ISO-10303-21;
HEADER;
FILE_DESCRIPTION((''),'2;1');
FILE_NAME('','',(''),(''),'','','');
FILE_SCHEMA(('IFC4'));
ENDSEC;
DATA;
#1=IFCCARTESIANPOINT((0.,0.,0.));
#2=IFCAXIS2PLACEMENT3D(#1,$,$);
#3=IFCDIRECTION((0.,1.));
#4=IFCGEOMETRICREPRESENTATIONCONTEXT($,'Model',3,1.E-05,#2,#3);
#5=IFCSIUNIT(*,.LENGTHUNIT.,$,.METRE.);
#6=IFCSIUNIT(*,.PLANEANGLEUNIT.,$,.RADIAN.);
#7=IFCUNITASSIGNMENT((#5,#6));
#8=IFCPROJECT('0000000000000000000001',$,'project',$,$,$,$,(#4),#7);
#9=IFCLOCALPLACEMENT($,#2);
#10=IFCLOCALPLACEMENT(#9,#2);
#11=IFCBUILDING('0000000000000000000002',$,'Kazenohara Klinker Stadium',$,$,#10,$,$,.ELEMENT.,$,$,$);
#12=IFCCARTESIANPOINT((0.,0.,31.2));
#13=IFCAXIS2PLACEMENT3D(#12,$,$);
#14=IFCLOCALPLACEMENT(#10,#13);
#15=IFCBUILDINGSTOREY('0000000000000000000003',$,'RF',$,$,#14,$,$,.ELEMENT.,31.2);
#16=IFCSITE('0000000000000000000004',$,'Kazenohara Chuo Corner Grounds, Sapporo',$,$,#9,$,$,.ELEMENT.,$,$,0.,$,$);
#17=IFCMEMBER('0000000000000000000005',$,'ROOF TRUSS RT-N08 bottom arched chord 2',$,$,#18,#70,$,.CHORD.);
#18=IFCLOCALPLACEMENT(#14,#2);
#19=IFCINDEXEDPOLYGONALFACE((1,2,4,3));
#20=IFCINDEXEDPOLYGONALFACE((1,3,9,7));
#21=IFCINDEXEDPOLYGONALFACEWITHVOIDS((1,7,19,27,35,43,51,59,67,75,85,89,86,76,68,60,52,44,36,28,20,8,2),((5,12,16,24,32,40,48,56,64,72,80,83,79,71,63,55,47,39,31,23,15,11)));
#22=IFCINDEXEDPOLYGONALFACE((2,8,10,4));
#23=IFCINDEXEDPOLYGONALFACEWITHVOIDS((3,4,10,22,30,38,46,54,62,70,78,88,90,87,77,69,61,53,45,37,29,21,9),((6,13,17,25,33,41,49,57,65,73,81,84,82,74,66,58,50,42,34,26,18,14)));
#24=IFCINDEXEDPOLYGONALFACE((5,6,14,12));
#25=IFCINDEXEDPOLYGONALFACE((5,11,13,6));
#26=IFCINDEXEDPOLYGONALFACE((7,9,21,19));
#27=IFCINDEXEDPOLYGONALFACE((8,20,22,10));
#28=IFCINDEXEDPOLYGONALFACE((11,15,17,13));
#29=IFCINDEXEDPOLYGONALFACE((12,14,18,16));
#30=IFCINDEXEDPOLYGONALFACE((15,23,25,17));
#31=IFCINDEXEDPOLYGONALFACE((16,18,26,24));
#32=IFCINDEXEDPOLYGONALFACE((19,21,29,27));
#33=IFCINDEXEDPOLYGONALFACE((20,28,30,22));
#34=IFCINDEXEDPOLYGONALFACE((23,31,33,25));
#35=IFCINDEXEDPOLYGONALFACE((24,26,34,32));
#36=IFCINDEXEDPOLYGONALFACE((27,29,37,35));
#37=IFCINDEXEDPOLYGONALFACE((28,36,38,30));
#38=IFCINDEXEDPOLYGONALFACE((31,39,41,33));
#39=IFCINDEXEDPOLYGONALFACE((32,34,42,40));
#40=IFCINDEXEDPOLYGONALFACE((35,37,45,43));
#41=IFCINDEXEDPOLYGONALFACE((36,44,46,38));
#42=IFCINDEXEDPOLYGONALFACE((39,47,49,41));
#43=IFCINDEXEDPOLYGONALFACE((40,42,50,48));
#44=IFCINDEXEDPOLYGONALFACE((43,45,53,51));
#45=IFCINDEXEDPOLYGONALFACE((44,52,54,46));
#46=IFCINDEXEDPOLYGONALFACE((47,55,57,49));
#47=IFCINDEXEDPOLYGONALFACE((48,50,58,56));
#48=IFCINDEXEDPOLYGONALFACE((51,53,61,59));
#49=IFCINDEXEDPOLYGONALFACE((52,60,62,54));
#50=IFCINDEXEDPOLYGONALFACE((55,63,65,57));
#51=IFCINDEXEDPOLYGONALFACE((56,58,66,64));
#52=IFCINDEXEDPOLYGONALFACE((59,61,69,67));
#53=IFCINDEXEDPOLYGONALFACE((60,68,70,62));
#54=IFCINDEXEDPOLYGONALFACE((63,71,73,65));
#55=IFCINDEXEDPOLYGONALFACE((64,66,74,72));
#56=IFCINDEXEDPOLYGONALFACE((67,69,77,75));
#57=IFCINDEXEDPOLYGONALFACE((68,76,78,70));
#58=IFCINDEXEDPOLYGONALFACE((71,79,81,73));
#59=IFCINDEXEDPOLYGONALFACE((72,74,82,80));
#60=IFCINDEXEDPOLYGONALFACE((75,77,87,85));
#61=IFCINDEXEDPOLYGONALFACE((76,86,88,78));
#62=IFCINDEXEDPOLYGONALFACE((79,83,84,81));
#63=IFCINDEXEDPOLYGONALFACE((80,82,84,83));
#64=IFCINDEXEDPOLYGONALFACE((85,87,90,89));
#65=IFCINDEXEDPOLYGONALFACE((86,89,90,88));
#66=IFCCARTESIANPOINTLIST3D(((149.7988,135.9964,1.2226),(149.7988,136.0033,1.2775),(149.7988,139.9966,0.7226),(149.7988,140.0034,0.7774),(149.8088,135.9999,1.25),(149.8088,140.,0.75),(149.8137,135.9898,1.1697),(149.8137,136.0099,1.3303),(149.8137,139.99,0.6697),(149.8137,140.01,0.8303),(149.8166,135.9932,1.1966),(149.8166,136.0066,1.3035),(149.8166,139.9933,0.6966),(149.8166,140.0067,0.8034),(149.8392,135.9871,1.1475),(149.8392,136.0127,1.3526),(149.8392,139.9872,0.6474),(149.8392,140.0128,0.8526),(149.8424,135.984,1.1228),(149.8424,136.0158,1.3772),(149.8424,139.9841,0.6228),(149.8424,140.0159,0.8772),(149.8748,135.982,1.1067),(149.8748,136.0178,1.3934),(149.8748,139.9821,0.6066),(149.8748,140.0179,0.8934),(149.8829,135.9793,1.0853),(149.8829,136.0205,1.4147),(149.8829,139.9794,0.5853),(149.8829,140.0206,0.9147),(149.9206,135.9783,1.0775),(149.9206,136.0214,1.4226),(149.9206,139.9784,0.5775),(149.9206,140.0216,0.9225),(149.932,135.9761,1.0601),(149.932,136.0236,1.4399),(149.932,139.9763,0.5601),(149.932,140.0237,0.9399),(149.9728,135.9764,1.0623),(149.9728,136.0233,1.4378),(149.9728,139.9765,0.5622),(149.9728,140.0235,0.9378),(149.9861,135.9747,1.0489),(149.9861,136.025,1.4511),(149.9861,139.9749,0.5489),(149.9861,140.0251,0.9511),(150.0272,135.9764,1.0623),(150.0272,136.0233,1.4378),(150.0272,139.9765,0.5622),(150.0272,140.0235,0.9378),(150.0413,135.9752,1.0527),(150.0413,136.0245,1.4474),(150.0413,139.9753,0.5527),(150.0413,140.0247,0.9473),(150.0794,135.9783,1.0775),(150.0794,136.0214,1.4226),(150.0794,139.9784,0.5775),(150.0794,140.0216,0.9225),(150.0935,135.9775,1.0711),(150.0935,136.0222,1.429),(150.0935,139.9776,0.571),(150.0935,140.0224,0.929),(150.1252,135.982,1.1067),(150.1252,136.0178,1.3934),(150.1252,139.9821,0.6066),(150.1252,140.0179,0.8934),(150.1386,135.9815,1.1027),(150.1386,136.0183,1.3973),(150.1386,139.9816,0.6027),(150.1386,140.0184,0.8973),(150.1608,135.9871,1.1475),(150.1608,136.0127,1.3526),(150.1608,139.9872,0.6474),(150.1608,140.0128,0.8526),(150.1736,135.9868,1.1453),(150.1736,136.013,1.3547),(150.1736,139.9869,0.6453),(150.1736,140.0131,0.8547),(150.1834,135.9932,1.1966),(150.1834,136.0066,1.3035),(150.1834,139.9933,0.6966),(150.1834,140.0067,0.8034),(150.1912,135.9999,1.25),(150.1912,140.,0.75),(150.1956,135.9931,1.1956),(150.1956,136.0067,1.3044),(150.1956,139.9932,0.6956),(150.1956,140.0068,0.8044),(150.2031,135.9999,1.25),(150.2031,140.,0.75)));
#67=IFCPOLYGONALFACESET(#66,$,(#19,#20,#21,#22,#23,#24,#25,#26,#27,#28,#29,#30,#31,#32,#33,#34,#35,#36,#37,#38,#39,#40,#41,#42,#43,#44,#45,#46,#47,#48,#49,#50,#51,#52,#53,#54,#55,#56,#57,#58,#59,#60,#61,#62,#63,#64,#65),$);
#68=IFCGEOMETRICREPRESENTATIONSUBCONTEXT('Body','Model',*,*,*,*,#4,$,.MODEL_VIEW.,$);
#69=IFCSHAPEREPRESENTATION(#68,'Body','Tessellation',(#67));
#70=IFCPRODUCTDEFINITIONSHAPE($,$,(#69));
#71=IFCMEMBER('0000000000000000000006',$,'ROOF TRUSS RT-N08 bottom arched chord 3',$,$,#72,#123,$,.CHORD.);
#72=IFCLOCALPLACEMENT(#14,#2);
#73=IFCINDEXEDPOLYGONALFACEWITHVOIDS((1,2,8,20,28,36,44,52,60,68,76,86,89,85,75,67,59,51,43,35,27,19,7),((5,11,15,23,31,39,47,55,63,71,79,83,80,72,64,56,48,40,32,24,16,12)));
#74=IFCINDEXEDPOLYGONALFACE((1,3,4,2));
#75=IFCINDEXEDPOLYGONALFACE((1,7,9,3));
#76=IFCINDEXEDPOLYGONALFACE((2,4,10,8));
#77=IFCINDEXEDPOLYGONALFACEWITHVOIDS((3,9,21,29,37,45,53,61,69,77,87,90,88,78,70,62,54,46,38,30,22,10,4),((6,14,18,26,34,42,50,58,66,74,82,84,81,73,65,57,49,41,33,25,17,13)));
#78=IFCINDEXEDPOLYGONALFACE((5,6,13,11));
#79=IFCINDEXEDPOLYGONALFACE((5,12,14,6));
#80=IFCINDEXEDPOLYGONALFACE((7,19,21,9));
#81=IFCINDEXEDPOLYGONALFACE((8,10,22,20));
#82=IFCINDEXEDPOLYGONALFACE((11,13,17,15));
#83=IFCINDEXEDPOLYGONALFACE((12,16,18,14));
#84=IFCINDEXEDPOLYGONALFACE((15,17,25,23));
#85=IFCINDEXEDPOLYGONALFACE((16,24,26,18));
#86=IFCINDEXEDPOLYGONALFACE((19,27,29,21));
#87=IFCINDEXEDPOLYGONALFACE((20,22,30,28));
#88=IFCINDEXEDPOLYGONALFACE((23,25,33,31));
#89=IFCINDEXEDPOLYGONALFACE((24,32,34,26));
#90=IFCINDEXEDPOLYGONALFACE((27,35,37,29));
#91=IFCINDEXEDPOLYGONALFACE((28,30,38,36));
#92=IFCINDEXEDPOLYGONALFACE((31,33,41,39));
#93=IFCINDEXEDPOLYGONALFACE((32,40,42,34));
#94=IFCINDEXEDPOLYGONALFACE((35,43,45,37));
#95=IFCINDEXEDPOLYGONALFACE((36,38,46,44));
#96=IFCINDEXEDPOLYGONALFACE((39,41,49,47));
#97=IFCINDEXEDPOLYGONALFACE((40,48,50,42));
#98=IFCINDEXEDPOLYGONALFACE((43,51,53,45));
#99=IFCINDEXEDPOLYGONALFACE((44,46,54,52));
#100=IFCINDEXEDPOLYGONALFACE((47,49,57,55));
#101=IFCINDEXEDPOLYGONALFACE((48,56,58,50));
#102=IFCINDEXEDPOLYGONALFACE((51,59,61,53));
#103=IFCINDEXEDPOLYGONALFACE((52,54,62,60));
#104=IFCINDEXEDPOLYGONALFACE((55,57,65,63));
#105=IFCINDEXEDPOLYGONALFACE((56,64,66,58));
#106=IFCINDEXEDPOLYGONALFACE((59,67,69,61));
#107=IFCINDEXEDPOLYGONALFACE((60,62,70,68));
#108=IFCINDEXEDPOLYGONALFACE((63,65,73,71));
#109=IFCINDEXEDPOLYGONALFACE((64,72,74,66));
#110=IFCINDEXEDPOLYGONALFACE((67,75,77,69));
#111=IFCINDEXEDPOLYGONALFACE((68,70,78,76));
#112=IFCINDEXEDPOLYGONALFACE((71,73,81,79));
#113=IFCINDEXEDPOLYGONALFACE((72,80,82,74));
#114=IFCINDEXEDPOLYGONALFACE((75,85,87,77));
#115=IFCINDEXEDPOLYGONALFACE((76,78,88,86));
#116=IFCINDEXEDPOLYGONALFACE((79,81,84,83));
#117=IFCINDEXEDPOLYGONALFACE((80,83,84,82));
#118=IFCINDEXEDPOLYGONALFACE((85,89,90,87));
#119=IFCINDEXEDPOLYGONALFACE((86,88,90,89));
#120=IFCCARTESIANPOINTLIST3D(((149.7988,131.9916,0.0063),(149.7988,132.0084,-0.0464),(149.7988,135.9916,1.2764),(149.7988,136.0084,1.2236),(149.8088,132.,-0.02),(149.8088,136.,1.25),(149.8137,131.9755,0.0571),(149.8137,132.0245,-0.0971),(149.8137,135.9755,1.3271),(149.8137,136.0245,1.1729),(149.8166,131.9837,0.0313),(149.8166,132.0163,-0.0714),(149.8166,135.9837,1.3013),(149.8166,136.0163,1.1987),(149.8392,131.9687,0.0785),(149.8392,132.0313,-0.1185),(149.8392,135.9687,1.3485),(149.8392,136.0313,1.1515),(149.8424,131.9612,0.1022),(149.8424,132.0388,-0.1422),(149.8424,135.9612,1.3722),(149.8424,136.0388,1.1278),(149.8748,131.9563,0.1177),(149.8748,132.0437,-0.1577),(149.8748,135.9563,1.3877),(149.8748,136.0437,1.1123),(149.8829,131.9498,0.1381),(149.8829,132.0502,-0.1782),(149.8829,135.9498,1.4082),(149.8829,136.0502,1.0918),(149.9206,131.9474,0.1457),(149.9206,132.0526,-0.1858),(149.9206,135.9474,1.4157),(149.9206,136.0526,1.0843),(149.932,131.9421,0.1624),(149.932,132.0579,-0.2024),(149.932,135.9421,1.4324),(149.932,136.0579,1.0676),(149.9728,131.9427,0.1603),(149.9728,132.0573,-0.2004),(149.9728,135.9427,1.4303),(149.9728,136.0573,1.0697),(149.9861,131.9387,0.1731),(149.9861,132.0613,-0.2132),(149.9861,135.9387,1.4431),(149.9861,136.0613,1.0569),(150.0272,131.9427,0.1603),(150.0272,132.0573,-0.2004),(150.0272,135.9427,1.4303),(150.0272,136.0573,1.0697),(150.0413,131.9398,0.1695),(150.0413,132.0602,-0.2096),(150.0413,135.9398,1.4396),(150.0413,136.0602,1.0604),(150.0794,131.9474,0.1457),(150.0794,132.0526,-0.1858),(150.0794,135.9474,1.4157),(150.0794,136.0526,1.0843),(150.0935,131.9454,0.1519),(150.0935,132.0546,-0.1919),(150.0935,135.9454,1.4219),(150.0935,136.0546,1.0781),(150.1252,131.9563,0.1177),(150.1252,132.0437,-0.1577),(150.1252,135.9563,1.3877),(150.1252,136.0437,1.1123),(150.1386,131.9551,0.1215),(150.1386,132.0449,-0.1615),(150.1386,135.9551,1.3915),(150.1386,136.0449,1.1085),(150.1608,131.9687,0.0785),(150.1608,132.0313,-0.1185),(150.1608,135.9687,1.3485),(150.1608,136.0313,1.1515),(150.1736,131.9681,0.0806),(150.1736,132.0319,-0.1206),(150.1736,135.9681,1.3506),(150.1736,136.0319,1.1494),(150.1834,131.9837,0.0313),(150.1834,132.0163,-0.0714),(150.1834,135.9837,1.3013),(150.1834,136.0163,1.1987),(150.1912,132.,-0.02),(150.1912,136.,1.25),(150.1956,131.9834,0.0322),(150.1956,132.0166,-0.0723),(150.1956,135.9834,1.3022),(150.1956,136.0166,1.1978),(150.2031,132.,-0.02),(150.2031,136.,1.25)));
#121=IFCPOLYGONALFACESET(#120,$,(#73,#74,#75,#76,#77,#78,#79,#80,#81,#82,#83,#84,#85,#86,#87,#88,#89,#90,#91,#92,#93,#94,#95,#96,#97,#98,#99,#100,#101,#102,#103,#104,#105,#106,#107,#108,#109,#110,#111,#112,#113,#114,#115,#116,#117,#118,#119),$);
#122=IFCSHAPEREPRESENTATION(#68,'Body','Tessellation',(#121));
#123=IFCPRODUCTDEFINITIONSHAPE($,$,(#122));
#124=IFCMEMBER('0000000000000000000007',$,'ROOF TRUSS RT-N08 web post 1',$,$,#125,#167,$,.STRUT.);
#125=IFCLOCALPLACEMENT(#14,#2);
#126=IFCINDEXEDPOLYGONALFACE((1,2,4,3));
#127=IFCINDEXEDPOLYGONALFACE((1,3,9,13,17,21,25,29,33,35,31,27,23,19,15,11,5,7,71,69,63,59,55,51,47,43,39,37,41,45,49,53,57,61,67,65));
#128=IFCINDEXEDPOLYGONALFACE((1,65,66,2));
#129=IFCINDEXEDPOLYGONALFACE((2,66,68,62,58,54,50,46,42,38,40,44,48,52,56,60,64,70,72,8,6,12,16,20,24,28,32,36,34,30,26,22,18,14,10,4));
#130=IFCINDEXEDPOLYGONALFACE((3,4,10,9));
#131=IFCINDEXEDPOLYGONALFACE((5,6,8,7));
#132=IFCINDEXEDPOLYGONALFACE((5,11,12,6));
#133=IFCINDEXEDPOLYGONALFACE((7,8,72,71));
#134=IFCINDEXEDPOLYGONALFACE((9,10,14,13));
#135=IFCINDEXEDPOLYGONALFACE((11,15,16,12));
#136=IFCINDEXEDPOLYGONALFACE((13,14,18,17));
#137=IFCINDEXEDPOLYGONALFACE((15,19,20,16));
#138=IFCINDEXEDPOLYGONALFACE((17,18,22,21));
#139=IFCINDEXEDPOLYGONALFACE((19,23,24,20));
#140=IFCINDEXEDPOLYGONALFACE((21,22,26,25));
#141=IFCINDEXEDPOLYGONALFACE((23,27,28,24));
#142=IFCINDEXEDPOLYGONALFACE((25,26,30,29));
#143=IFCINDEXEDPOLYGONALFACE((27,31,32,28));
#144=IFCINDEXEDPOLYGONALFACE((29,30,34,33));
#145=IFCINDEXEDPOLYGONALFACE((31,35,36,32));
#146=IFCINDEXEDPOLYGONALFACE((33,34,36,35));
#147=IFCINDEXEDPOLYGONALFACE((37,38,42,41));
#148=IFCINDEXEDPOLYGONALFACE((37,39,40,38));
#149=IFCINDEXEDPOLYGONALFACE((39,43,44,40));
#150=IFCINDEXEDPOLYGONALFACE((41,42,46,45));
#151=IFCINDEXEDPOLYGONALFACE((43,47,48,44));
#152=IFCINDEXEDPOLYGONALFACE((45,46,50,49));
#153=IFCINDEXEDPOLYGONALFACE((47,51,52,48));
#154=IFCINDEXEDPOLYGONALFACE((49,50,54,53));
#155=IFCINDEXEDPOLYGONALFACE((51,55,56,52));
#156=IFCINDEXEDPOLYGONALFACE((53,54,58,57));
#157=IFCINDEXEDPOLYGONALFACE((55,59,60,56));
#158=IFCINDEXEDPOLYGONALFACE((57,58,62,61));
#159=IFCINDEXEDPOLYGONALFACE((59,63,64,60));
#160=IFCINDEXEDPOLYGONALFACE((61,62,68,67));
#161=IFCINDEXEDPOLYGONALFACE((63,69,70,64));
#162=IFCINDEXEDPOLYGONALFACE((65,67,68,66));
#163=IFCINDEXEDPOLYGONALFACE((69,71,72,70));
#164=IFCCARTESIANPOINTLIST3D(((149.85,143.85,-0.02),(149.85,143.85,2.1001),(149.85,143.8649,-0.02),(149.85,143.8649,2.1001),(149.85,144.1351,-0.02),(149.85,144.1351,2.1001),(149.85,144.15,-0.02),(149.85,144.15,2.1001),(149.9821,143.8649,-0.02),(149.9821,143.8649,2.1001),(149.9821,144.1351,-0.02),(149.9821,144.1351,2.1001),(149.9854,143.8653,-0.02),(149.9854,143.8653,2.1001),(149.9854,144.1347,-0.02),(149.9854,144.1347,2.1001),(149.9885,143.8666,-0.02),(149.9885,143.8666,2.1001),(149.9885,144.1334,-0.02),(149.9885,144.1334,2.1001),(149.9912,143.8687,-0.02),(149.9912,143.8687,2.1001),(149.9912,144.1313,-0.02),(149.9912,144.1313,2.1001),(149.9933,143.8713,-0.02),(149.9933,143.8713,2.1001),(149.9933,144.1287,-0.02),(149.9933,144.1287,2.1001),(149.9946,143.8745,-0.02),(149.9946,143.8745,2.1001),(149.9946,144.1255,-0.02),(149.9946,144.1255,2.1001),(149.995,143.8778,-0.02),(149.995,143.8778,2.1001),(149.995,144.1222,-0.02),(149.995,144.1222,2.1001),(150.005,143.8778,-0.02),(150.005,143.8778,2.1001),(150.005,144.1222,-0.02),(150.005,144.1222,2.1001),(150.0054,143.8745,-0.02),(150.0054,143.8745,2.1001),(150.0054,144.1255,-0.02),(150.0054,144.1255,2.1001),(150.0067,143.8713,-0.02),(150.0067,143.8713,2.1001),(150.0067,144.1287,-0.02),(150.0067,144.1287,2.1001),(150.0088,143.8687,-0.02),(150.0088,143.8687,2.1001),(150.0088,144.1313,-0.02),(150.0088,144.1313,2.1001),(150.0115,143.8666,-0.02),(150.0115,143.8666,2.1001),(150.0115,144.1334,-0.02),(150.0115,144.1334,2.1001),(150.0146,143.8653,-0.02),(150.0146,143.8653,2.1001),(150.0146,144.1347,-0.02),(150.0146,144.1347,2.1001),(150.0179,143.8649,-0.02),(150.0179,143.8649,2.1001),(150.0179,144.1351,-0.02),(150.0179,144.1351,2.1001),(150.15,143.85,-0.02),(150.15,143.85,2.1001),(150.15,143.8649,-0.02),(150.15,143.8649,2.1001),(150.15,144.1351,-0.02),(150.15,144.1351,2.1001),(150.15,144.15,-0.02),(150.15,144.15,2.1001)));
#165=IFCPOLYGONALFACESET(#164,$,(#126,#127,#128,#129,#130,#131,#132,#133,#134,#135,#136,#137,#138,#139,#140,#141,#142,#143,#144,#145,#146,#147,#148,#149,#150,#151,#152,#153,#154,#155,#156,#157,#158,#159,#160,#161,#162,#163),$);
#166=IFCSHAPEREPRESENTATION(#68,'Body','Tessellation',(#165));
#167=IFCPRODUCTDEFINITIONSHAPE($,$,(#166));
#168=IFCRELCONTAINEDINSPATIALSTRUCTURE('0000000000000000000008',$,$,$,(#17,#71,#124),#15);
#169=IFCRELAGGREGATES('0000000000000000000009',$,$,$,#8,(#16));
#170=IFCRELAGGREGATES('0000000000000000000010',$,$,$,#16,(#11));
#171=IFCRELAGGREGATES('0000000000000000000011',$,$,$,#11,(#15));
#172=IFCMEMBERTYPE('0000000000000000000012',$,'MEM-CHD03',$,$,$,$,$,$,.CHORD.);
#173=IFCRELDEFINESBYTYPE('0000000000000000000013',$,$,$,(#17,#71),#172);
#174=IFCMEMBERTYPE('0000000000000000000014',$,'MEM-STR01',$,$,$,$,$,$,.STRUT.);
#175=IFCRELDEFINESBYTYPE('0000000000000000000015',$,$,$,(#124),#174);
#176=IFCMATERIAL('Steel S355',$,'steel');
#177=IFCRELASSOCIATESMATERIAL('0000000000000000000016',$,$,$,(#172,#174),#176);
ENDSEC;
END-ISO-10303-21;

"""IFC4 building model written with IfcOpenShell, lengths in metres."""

from ifc_helpers import new_model, si_unit, direction, frame, origin, origin_2d, place, context, subcontext, project, spatial, hollow_circle, i_section, extrude, material, material_profile, profile_set, type_object, element, save


model = new_model("IFC4")

# Units and contexts
model_context = context("Model", 3, precision=1e-05, world=origin(), true_north=direction((0.0, 1.0)))
body_context = subcontext(model_context, "Body", "Model", "MODEL_VIEW")
ifc_project = project(units=[si_unit("LENGTHUNIT", "METRE"), si_unit("PLANEANGLEUNIT", "RADIAN")], contexts=[model_context])

# Site, building, storey
site_placement = place(None, origin())
site = spatial("IfcSite", under=ifc_project, at=site_placement, Name="Kazenohara Chuo Corner Grounds, Sapporo", CompositionType="ELEMENT", RefElevation=0.0)
building_placement = place(site_placement, origin())
building = spatial("IfcBuilding", under=site, at=building_placement, Name="Kazenohara Klinker Stadium", CompositionType="ELEMENT")
storey_placement = place(building_placement, frame((0.0, 0.0, 31.2)))
storey = spatial("IfcBuildingStorey", under=building, at=storey_placement, Name="RF", CompositionType="ELEMENT", Elevation=31.2)

# Members
ifc_material_1 = material(Name="Steel S355", Category="steel")
ifc_material_profile_1 = material_profile(ifc_material_1, hollow_circle(Radius=0.2031, WallThickness=0.012, at=origin_2d()), Name="CHS-406.4x12")
ifc_profile_set_1 = profile_set([ifc_material_profile_1], Name="Steel S355")
member_type_1 = type_object("IfcMemberType", Name="MEM-CHD03", PredefinedType="CHORD", material=ifc_profile_set_1)
member_1_placement = place(storey_placement, frame((150.0, 140.0, 0.75), z_axis=(0.0, -0.992278, 0.124035), x_axis=(1.0, 0.0, 0.0)))
element("IfcMember", 1, at=member_1_placement, inside=storey, type_object=member_type_1, Name="ROOF TRUSS RT-N08 bottom arched chord 2", PredefinedType="CHORD", context=body_context, shape_type="SweptSolid", body=[
    extrude(hollow_circle(Radius=0.2031, WallThickness=0.012, at=origin_2d()), origin(), (0.0, 0.0, 1.0), 4.0312),
])
member_2_placement = place(storey_placement, frame((150.0, 136.0, 1.25), z_axis=(0.0, -0.953112, -0.302618), x_axis=(1.0, 0.0, 0.0)))
element("IfcMember", 2, at=member_2_placement, inside=storey, type_object=member_type_1, Name="ROOF TRUSS RT-N08 bottom arched chord 3", PredefinedType="CHORD", context=body_context, shape_type="SweptSolid", body=[
    extrude(hollow_circle(Radius=0.2031, WallThickness=0.012, at=origin_2d()), origin(), (0.0, 0.0, 1.0), 4.1968),
])
ifc_material_profile_2 = material_profile(ifc_material_1, i_section(OverallWidth=0.3, OverallDepth=0.3, WebThickness=0.01, FlangeThickness=0.0149, FilletRadius=0.0129, at=origin_2d()), Name="H-300x300x10x15")
ifc_profile_set_2 = profile_set([ifc_material_profile_2], Name="Steel S355")
member_type_2 = type_object("IfcMemberType", Name="MEM-STR01", PredefinedType="STRUT", material=ifc_profile_set_2)
member_3_placement = place(storey_placement, frame((150.0, 144.0, -0.02), z_axis=(0.0, 0.0, 1.0), x_axis=(1.0, 0.0, 0.0)))
element("IfcMember", 3, at=member_3_placement, inside=storey, type_object=member_type_2, Name="ROOF TRUSS RT-N08 web post 1", PredefinedType="STRUT", context=body_context, shape_type="SweptSolid", body=[
    extrude(i_section(OverallWidth=0.3, OverallDepth=0.3, WebThickness=0.01, FlangeThickness=0.0149, FilletRadius=0.0129, at=origin_2d()), origin(), (0.0, 0.0, 1.0), 2.1201),
])

save(model, "model.ifc")
